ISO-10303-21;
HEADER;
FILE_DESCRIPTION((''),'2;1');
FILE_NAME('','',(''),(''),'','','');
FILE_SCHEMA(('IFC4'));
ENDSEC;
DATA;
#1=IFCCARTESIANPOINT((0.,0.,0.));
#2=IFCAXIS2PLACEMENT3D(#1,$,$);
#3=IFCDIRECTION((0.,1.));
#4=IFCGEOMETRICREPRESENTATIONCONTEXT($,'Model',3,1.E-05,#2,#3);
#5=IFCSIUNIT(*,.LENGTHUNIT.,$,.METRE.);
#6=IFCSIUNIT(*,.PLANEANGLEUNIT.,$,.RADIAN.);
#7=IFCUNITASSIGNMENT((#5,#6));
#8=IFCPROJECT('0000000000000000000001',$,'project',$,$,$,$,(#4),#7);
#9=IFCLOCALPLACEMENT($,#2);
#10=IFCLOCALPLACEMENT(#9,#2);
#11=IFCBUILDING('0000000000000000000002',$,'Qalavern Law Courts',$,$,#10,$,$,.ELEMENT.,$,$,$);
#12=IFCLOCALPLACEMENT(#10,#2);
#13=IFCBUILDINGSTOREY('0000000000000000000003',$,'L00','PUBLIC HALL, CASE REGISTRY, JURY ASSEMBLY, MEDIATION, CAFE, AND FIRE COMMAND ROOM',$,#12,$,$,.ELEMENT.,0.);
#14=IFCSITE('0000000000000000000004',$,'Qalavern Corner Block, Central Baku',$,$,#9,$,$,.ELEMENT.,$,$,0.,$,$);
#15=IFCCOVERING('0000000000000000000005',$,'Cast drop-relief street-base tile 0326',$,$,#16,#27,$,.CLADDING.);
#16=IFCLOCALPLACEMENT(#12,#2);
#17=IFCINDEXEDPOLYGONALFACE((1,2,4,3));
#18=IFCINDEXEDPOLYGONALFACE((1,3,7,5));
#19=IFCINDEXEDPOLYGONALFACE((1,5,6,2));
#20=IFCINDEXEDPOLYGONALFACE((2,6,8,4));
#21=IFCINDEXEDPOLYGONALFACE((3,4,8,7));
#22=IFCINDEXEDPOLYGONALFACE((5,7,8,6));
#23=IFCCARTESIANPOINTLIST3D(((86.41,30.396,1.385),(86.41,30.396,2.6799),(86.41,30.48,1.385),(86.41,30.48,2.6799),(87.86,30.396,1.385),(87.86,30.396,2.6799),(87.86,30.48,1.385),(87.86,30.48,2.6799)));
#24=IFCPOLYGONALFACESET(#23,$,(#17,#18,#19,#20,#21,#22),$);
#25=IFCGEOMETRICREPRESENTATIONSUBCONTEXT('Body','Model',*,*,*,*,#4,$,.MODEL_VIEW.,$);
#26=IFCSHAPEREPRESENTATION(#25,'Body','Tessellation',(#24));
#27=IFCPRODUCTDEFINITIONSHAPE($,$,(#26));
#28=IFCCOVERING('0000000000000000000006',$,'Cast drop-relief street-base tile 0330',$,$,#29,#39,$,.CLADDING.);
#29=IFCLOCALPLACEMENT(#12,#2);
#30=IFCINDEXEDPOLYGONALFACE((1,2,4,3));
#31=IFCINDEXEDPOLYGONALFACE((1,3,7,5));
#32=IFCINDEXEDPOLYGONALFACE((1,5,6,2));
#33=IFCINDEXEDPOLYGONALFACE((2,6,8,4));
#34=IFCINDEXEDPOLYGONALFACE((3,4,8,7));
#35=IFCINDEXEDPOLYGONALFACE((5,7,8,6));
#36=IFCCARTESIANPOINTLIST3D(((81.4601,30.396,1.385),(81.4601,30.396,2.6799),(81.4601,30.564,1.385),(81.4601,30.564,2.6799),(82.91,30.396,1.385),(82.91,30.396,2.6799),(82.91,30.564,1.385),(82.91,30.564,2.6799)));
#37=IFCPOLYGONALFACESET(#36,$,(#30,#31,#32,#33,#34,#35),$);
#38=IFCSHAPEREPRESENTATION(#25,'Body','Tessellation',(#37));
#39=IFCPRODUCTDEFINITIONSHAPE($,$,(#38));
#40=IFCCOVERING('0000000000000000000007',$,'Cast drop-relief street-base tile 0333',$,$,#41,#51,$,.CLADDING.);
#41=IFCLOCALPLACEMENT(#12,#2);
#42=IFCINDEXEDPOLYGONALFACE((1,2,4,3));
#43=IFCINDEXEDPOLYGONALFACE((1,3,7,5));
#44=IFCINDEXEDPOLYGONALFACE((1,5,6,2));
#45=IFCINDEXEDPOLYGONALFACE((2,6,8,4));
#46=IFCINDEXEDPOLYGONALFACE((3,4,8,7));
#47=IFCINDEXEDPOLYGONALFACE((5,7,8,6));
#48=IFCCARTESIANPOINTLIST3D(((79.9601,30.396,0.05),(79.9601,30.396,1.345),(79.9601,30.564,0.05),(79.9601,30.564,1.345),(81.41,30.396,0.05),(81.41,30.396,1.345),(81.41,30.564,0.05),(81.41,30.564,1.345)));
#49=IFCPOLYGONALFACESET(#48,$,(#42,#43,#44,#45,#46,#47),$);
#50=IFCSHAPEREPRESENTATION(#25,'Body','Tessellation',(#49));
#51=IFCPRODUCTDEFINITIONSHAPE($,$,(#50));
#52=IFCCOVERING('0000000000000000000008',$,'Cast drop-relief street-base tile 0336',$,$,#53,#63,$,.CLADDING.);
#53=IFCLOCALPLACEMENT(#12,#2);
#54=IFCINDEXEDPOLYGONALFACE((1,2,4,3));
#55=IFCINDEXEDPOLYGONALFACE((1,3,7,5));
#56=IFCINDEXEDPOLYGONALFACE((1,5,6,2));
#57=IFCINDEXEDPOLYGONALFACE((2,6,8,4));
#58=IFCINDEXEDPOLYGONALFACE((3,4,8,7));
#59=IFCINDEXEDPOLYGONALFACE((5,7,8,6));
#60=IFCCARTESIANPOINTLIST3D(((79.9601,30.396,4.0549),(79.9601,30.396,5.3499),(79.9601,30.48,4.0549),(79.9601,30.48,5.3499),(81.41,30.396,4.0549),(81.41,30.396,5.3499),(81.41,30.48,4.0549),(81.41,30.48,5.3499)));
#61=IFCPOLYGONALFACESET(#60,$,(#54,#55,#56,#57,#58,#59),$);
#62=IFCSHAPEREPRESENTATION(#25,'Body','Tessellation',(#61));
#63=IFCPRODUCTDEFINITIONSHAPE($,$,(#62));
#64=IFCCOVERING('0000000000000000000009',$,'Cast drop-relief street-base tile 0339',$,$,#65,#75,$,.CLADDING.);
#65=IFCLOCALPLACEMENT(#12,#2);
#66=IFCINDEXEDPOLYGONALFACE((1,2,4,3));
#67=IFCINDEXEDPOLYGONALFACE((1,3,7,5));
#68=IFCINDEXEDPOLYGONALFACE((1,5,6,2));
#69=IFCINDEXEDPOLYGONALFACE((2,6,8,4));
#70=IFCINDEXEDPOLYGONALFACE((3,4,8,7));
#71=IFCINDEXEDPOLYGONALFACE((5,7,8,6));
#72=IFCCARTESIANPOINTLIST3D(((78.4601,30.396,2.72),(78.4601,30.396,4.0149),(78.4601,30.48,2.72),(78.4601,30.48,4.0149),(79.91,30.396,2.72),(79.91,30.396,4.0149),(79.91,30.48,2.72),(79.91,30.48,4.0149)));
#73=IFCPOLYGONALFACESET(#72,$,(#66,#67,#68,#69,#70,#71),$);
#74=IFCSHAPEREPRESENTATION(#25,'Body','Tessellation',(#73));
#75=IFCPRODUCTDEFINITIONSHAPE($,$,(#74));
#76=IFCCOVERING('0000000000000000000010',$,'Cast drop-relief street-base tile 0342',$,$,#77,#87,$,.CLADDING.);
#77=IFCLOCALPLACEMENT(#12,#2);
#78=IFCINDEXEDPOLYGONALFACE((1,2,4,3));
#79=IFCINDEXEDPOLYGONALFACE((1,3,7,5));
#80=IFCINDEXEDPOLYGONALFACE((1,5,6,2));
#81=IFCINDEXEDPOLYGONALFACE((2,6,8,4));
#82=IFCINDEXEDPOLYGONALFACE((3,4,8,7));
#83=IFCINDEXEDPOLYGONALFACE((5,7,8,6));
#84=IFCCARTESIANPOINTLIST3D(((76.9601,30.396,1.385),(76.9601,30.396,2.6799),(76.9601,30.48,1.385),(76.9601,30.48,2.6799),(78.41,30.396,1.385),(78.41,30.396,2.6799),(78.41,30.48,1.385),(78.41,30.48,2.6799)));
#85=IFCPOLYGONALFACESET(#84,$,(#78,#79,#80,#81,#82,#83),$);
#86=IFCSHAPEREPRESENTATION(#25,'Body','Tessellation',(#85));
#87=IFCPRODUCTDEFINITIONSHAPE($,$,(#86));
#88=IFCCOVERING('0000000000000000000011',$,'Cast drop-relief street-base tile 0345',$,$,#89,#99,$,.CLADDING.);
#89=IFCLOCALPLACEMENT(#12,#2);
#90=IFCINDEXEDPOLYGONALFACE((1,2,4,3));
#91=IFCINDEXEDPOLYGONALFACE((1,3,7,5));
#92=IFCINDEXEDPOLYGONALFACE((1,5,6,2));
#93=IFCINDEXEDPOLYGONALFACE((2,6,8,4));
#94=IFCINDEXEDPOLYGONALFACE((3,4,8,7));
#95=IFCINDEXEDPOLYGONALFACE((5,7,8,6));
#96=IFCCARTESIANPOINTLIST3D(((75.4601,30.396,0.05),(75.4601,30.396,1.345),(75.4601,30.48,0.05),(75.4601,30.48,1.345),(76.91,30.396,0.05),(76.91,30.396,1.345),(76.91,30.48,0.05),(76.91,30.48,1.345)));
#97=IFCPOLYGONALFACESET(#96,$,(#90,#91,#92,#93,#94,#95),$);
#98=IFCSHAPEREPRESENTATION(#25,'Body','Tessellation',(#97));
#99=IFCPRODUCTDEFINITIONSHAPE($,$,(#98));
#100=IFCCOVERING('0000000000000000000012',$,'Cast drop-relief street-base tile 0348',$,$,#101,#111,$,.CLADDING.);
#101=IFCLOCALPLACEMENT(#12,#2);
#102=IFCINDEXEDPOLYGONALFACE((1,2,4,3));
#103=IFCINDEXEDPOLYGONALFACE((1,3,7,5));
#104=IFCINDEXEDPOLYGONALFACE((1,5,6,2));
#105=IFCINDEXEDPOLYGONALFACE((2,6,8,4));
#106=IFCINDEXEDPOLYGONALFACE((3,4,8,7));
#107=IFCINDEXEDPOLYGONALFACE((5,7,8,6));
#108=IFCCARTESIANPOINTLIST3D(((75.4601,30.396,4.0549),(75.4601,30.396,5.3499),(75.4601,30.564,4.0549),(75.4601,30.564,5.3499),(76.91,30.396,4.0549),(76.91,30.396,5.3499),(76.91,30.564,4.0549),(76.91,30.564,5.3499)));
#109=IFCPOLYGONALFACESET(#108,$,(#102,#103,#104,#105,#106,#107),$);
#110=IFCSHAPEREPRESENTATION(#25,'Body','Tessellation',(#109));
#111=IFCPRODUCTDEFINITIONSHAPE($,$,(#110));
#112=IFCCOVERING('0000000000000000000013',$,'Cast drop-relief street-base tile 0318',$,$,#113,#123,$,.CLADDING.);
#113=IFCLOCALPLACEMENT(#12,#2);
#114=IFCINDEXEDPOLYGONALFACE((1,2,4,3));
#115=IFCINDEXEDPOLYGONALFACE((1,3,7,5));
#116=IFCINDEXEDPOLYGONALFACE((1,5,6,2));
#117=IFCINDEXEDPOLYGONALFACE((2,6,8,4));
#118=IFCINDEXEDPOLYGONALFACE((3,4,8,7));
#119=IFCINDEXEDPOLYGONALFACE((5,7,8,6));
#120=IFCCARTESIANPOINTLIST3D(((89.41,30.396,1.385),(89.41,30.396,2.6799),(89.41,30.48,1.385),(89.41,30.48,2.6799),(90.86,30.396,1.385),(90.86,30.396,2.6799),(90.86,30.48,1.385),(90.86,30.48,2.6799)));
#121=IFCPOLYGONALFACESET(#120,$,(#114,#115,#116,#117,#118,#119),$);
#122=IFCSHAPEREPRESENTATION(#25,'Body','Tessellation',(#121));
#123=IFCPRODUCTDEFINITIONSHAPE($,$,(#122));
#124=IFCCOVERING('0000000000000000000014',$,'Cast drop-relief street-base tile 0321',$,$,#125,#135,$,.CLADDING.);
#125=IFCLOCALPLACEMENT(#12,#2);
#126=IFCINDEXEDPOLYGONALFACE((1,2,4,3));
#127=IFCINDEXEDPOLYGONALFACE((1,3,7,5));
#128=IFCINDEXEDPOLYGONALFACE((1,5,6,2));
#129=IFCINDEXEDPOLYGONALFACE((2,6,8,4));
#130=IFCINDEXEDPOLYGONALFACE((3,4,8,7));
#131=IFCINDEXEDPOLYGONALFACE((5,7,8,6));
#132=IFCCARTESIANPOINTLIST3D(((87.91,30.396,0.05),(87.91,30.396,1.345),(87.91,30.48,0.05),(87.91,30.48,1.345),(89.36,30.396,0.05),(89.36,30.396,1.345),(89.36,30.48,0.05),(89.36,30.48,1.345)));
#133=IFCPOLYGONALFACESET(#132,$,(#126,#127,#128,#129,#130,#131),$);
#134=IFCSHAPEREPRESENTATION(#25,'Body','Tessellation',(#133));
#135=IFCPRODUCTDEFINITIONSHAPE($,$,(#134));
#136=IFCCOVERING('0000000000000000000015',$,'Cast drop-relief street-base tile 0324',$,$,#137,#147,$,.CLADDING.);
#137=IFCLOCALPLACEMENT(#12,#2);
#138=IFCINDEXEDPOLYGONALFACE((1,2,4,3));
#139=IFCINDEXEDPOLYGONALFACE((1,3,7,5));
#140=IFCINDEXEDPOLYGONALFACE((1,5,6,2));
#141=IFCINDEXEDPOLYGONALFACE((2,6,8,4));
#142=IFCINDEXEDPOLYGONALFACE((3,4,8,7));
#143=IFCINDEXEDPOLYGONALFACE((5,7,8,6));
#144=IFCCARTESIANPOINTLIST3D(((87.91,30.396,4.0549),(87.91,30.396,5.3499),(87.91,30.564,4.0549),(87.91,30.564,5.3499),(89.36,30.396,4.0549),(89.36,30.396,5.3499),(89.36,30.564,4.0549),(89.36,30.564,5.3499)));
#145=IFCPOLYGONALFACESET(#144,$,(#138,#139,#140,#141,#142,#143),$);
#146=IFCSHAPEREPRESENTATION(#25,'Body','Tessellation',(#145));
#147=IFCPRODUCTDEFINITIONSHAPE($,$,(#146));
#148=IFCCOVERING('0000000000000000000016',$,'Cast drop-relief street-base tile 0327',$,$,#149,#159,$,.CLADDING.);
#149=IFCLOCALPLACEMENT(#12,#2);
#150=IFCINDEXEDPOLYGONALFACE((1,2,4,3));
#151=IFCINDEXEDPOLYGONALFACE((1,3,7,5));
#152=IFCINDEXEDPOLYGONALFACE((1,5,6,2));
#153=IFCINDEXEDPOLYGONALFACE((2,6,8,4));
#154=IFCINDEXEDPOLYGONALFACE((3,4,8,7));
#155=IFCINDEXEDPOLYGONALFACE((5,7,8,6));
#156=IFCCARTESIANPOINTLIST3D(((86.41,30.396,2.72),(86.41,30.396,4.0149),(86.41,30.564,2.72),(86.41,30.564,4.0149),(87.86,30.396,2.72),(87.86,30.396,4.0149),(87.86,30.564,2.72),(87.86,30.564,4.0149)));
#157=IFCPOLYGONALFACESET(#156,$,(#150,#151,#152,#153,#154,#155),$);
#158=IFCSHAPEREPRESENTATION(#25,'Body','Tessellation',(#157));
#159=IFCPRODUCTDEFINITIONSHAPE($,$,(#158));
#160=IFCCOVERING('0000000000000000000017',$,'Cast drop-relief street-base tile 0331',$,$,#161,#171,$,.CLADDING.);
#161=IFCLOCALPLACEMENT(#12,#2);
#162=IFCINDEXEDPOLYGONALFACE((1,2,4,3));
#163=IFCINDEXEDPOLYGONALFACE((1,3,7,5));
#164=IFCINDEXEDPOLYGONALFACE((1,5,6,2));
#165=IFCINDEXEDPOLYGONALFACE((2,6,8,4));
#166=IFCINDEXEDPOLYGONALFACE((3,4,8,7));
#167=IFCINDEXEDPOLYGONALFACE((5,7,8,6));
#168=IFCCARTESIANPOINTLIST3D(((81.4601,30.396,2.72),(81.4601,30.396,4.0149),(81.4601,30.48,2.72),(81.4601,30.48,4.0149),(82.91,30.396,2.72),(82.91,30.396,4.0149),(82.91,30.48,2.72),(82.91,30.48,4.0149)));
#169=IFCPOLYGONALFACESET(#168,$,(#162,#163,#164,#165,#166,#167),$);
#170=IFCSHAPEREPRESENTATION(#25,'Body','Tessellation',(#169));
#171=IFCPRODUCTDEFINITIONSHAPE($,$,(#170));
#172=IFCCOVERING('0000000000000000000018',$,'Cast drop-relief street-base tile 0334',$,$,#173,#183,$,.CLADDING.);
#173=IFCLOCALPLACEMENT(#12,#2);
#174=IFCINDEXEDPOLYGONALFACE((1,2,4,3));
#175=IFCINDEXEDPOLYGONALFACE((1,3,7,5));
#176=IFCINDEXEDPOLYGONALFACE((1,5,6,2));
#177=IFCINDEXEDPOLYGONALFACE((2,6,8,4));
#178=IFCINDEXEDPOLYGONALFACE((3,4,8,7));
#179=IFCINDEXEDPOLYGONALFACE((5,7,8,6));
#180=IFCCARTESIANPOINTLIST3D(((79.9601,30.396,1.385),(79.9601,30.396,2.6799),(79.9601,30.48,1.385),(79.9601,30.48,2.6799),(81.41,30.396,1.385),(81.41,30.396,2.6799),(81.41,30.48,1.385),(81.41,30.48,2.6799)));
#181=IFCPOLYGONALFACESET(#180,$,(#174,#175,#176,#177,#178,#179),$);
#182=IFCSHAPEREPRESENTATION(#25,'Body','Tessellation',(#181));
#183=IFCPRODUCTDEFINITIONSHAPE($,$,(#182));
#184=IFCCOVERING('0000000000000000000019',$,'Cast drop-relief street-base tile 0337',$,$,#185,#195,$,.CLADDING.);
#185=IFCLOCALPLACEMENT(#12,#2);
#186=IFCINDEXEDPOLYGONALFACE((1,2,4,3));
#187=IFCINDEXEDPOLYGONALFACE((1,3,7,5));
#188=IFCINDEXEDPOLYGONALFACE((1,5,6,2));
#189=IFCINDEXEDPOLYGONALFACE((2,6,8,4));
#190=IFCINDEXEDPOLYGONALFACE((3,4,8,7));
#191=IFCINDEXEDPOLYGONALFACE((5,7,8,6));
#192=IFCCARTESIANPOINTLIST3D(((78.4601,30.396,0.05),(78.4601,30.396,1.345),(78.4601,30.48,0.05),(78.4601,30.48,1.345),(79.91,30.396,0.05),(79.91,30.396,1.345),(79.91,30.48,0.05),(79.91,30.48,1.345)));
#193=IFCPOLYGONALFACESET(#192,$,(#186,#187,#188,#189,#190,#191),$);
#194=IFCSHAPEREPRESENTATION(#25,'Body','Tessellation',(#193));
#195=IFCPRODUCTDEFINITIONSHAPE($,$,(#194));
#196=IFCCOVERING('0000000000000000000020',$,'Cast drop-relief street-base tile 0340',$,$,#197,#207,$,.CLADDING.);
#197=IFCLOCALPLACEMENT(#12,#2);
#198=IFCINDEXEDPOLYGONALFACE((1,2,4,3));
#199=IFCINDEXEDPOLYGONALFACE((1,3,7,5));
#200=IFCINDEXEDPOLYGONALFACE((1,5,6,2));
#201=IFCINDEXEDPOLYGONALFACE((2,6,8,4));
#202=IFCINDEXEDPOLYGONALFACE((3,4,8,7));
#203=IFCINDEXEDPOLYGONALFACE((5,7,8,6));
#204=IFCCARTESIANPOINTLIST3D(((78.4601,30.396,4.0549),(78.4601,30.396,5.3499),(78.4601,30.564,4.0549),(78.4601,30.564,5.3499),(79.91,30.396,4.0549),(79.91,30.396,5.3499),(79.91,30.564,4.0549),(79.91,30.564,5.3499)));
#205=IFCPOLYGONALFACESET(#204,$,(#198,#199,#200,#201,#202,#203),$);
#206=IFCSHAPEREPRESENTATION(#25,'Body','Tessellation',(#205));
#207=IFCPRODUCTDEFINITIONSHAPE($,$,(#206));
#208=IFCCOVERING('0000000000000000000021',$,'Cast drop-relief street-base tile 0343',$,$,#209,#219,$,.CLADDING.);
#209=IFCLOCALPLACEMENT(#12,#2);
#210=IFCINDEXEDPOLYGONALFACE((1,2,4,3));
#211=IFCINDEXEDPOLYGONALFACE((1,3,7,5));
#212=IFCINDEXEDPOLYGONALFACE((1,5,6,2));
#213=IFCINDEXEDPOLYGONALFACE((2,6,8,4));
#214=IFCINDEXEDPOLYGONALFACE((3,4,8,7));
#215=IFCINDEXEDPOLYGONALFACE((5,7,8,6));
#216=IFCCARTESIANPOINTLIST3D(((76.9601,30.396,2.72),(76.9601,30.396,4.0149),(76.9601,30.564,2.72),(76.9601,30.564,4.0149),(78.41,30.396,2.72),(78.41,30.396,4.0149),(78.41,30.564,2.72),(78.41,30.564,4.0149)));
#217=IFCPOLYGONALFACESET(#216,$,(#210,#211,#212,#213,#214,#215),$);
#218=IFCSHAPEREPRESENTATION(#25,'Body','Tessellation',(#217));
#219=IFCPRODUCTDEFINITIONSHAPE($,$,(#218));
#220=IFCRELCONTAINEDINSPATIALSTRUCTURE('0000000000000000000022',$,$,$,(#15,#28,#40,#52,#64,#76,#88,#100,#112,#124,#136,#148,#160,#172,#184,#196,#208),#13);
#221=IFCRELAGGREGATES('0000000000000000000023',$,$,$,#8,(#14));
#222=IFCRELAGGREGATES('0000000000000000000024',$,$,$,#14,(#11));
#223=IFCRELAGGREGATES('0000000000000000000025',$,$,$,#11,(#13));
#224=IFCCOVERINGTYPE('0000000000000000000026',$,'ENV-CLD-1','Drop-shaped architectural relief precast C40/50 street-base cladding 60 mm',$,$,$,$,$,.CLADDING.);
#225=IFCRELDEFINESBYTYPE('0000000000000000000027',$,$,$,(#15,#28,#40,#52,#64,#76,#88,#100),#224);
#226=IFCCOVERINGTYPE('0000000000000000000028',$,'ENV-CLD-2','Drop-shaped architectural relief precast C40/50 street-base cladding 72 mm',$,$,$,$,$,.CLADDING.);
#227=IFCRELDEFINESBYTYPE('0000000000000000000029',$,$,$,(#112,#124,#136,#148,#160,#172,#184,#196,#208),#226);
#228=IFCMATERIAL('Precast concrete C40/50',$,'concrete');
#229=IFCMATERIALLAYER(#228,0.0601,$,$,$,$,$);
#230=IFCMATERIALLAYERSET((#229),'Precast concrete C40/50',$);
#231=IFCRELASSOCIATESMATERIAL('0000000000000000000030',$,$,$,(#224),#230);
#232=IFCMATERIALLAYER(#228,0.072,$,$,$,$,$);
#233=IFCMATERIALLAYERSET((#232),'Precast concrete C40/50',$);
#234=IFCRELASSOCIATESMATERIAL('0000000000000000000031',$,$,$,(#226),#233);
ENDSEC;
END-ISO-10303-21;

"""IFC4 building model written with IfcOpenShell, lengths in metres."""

from ifc_helpers import new_model, si_unit, direction, frame, origin, origin_2d, place, context, subcontext, project, spatial, rectangle, extrude, material, layer, layer_set, type_object, element, save


model = new_model("IFC4")

# Units and contexts
model_context = context("Model", 3, precision=1e-05, world=origin(), true_north=direction((0.0, 1.0)))
body_context = subcontext(model_context, "Body", "Model", "MODEL_VIEW")
ifc_project = project(units=[si_unit("LENGTHUNIT", "METRE"), si_unit("PLANEANGLEUNIT", "RADIAN")], contexts=[model_context])

# Site, building, storey
site_placement = place(None, origin())
site = spatial("IfcSite", under=ifc_project, at=site_placement, Name="Qalavern Corner Block, Central Baku", CompositionType="ELEMENT", RefElevation=0.0)
building_placement = place(site_placement, origin())
building = spatial("IfcBuilding", under=site, at=building_placement, Name="Qalavern Law Courts", CompositionType="ELEMENT")
storey_placement = place(building_placement, origin())
storey = spatial("IfcBuildingStorey", under=building, at=storey_placement, Name="L00", Description="PUBLIC HALL, CASE REGISTRY, JURY ASSEMBLY, MEDIATION, CAFE, AND FIRE COMMAND ROOM", CompositionType="ELEMENT", Elevation=0.0)

# Coverings
ifc_material_1 = material(Name="Precast concrete C40/50", Category="concrete")
ifc_layer_1 = layer(ifc_material_1, 0.0601)
ifc_layer_set_1 = layer_set([ifc_layer_1], Name="Precast concrete C40/50")
covering_type_1 = type_object("IfcCoveringType", Name="ENV-CLD-1", Description="Drop-shaped architectural relief precast C40/50 street-base cladding 60 mm", PredefinedType="CLADDING", material=ifc_layer_set_1)
for number, where, z_axis, x_axis, name in (
    (1, (87.135, 30.438, 1.385), (0.0, 0.0, 1.0), (-1.0, 0.0, 0.0), "Cast drop-relief street-base tile 0326"),
):
    element("IfcCovering", number, at=place(storey_placement, frame(where, z_axis=z_axis, x_axis=x_axis)), inside=storey, type_object=covering_type_1, Name=name, PredefinedType="CLADDING", context=body_context, shape_type="SweptSolid", body=[
        extrude(rectangle(XDim=1.45, YDim=0.084, at=origin_2d()), origin(), (0.0, 0.0, 1.0), 1.2949),
    ])
for number, where, z_axis, x_axis, name in (
    (2, (82.1851, 30.48, 1.385), (0.0, 0.0, 1.0), (-1.0, 0.0, 0.0), "Cast drop-relief street-base tile 0330"),
    (3, (80.6851, 30.48, 0.05), (0.0, 0.0, 1.0), (-1.0, 0.0, 0.0), "Cast drop-relief street-base tile 0333"),
):
    element("IfcCovering", number, at=place(storey_placement, frame(where, z_axis=z_axis, x_axis=x_axis)), inside=storey, type_object=covering_type_1, Name=name, PredefinedType="CLADDING", context=body_context, shape_type="SweptSolid", body=[
        extrude(rectangle(XDim=1.45, YDim=0.168, at=origin_2d()), origin(), (0.0, 0.0, 1.0), 1.2949),
    ])
for number, where, z_axis, x_axis, name in (
    (4, (80.6851, 30.438, 4.0549), (0.0, 0.0, 1.0), (-1.0, 0.0, 0.0), "Cast drop-relief street-base tile 0336"),
    (5, (79.1851, 30.438, 2.72), (0.0, 0.0, 1.0), (-1.0, 0.0, 0.0), "Cast drop-relief street-base tile 0339"),
    (6, (77.6851, 30.438, 1.385), (0.0, 0.0, 1.0), (-1.0, 0.0, 0.0), "Cast drop-relief street-base tile 0342"),
    (7, (76.1851, 30.438, 0.05), (0.0, 0.0, 1.0), (-1.0, 0.0, 0.0), "Cast drop-relief street-base tile 0345"),
):
    element("IfcCovering", number, at=place(storey_placement, frame(where, z_axis=z_axis, x_axis=x_axis)), inside=storey, type_object=covering_type_1, Name=name, PredefinedType="CLADDING", context=body_context, shape_type="SweptSolid", body=[
        extrude(rectangle(XDim=1.45, YDim=0.084, at=origin_2d()), origin(), (0.0, 0.0, 1.0), 1.2949),
    ])
covering_1_placement = place(storey_placement, frame((76.1851, 30.48, 4.0549), z_axis=(0.0, 0.0, 1.0), x_axis=(-1.0, 0.0, 0.0)))
element("IfcCovering", 8, at=covering_1_placement, inside=storey, type_object=covering_type_1, Name="Cast drop-relief street-base tile 0348", PredefinedType="CLADDING", context=body_context, shape_type="SweptSolid", body=[
    extrude(rectangle(XDim=1.45, YDim=0.168, at=origin_2d()), origin(), (0.0, 0.0, 1.0), 1.2949),
])
ifc_layer_2 = layer(ifc_material_1, 0.072)
ifc_layer_set_2 = layer_set([ifc_layer_2], Name="Precast concrete C40/50")
covering_type_2 = type_object("IfcCoveringType", Name="ENV-CLD-2", Description="Drop-shaped architectural relief precast C40/50 street-base cladding 72 mm", PredefinedType="CLADDING", material=ifc_layer_set_2)
for number, where, z_axis, x_axis, name in (
    (9, (90.135, 30.438, 1.385), (0.0, 0.0, 1.0), (-1.0, 0.0, 0.0), "Cast drop-relief street-base tile 0318"),
    (10, (88.635, 30.438, 0.05), (0.0, 0.0, 1.0), (-1.0, 0.0, 0.0), "Cast drop-relief street-base tile 0321"),
):
    element("IfcCovering", number, at=place(storey_placement, frame(where, z_axis=z_axis, x_axis=x_axis)), inside=storey, type_object=covering_type_2, Name=name, PredefinedType="CLADDING", context=body_context, shape_type="SweptSolid", body=[
        extrude(rectangle(XDim=1.45, YDim=0.084, at=origin_2d()), origin(), (0.0, 0.0, 1.0), 1.2949),
    ])
for number, where, z_axis, x_axis, name in (
    (11, (88.635, 30.48, 4.0549), (0.0, 0.0, 1.0), (-1.0, 0.0, 0.0), "Cast drop-relief street-base tile 0324"),
    (12, (87.135, 30.48, 2.72), (0.0, 0.0, 1.0), (-1.0, 0.0, 0.0), "Cast drop-relief street-base tile 0327"),
):
    element("IfcCovering", number, at=place(storey_placement, frame(where, z_axis=z_axis, x_axis=x_axis)), inside=storey, type_object=covering_type_2, Name=name, PredefinedType="CLADDING", context=body_context, shape_type="SweptSolid", body=[
        extrude(rectangle(XDim=1.45, YDim=0.168, at=origin_2d()), origin(), (0.0, 0.0, 1.0), 1.2949),
    ])
for number, where, z_axis, x_axis, name in (
    (13, (82.1851, 30.438, 2.72), (0.0, 0.0, 1.0), (-1.0, 0.0, 0.0), "Cast drop-relief street-base tile 0331"),
    (14, (80.6851, 30.438, 1.385), (0.0, 0.0, 1.0), (-1.0, 0.0, 0.0), "Cast drop-relief street-base tile 0334"),
    (15, (79.1851, 30.438, 0.05), (0.0, 0.0, 1.0), (-1.0, 0.0, 0.0), "Cast drop-relief street-base tile 0337"),
):
    element("IfcCovering", number, at=place(storey_placement, frame(where, z_axis=z_axis, x_axis=x_axis)), inside=storey, type_object=covering_type_2, Name=name, PredefinedType="CLADDING", context=body_context, shape_type="SweptSolid", body=[
        extrude(rectangle(XDim=1.45, YDim=0.084, at=origin_2d()), origin(), (0.0, 0.0, 1.0), 1.2949),
    ])
for number, where, z_axis, x_axis, name in (
    (16, (79.1851, 30.48, 4.0549), (0.0, 0.0, 1.0), (-1.0, 0.0, 0.0), "Cast drop-relief street-base tile 0340"),
    (17, (77.6851, 30.48, 2.72), (0.0, 0.0, 1.0), (-1.0, 0.0, 0.0), "Cast drop-relief street-base tile 0343"),
):
    element("IfcCovering", number, at=place(storey_placement, frame(where, z_axis=z_axis, x_axis=x_axis)), inside=storey, type_object=covering_type_2, Name=name, PredefinedType="CLADDING", context=body_context, shape_type="SweptSolid", body=[
        extrude(rectangle(XDim=1.45, YDim=0.168, at=origin_2d()), origin(), (0.0, 0.0, 1.0), 1.2949),
    ])

save(model, "model.ifc")
